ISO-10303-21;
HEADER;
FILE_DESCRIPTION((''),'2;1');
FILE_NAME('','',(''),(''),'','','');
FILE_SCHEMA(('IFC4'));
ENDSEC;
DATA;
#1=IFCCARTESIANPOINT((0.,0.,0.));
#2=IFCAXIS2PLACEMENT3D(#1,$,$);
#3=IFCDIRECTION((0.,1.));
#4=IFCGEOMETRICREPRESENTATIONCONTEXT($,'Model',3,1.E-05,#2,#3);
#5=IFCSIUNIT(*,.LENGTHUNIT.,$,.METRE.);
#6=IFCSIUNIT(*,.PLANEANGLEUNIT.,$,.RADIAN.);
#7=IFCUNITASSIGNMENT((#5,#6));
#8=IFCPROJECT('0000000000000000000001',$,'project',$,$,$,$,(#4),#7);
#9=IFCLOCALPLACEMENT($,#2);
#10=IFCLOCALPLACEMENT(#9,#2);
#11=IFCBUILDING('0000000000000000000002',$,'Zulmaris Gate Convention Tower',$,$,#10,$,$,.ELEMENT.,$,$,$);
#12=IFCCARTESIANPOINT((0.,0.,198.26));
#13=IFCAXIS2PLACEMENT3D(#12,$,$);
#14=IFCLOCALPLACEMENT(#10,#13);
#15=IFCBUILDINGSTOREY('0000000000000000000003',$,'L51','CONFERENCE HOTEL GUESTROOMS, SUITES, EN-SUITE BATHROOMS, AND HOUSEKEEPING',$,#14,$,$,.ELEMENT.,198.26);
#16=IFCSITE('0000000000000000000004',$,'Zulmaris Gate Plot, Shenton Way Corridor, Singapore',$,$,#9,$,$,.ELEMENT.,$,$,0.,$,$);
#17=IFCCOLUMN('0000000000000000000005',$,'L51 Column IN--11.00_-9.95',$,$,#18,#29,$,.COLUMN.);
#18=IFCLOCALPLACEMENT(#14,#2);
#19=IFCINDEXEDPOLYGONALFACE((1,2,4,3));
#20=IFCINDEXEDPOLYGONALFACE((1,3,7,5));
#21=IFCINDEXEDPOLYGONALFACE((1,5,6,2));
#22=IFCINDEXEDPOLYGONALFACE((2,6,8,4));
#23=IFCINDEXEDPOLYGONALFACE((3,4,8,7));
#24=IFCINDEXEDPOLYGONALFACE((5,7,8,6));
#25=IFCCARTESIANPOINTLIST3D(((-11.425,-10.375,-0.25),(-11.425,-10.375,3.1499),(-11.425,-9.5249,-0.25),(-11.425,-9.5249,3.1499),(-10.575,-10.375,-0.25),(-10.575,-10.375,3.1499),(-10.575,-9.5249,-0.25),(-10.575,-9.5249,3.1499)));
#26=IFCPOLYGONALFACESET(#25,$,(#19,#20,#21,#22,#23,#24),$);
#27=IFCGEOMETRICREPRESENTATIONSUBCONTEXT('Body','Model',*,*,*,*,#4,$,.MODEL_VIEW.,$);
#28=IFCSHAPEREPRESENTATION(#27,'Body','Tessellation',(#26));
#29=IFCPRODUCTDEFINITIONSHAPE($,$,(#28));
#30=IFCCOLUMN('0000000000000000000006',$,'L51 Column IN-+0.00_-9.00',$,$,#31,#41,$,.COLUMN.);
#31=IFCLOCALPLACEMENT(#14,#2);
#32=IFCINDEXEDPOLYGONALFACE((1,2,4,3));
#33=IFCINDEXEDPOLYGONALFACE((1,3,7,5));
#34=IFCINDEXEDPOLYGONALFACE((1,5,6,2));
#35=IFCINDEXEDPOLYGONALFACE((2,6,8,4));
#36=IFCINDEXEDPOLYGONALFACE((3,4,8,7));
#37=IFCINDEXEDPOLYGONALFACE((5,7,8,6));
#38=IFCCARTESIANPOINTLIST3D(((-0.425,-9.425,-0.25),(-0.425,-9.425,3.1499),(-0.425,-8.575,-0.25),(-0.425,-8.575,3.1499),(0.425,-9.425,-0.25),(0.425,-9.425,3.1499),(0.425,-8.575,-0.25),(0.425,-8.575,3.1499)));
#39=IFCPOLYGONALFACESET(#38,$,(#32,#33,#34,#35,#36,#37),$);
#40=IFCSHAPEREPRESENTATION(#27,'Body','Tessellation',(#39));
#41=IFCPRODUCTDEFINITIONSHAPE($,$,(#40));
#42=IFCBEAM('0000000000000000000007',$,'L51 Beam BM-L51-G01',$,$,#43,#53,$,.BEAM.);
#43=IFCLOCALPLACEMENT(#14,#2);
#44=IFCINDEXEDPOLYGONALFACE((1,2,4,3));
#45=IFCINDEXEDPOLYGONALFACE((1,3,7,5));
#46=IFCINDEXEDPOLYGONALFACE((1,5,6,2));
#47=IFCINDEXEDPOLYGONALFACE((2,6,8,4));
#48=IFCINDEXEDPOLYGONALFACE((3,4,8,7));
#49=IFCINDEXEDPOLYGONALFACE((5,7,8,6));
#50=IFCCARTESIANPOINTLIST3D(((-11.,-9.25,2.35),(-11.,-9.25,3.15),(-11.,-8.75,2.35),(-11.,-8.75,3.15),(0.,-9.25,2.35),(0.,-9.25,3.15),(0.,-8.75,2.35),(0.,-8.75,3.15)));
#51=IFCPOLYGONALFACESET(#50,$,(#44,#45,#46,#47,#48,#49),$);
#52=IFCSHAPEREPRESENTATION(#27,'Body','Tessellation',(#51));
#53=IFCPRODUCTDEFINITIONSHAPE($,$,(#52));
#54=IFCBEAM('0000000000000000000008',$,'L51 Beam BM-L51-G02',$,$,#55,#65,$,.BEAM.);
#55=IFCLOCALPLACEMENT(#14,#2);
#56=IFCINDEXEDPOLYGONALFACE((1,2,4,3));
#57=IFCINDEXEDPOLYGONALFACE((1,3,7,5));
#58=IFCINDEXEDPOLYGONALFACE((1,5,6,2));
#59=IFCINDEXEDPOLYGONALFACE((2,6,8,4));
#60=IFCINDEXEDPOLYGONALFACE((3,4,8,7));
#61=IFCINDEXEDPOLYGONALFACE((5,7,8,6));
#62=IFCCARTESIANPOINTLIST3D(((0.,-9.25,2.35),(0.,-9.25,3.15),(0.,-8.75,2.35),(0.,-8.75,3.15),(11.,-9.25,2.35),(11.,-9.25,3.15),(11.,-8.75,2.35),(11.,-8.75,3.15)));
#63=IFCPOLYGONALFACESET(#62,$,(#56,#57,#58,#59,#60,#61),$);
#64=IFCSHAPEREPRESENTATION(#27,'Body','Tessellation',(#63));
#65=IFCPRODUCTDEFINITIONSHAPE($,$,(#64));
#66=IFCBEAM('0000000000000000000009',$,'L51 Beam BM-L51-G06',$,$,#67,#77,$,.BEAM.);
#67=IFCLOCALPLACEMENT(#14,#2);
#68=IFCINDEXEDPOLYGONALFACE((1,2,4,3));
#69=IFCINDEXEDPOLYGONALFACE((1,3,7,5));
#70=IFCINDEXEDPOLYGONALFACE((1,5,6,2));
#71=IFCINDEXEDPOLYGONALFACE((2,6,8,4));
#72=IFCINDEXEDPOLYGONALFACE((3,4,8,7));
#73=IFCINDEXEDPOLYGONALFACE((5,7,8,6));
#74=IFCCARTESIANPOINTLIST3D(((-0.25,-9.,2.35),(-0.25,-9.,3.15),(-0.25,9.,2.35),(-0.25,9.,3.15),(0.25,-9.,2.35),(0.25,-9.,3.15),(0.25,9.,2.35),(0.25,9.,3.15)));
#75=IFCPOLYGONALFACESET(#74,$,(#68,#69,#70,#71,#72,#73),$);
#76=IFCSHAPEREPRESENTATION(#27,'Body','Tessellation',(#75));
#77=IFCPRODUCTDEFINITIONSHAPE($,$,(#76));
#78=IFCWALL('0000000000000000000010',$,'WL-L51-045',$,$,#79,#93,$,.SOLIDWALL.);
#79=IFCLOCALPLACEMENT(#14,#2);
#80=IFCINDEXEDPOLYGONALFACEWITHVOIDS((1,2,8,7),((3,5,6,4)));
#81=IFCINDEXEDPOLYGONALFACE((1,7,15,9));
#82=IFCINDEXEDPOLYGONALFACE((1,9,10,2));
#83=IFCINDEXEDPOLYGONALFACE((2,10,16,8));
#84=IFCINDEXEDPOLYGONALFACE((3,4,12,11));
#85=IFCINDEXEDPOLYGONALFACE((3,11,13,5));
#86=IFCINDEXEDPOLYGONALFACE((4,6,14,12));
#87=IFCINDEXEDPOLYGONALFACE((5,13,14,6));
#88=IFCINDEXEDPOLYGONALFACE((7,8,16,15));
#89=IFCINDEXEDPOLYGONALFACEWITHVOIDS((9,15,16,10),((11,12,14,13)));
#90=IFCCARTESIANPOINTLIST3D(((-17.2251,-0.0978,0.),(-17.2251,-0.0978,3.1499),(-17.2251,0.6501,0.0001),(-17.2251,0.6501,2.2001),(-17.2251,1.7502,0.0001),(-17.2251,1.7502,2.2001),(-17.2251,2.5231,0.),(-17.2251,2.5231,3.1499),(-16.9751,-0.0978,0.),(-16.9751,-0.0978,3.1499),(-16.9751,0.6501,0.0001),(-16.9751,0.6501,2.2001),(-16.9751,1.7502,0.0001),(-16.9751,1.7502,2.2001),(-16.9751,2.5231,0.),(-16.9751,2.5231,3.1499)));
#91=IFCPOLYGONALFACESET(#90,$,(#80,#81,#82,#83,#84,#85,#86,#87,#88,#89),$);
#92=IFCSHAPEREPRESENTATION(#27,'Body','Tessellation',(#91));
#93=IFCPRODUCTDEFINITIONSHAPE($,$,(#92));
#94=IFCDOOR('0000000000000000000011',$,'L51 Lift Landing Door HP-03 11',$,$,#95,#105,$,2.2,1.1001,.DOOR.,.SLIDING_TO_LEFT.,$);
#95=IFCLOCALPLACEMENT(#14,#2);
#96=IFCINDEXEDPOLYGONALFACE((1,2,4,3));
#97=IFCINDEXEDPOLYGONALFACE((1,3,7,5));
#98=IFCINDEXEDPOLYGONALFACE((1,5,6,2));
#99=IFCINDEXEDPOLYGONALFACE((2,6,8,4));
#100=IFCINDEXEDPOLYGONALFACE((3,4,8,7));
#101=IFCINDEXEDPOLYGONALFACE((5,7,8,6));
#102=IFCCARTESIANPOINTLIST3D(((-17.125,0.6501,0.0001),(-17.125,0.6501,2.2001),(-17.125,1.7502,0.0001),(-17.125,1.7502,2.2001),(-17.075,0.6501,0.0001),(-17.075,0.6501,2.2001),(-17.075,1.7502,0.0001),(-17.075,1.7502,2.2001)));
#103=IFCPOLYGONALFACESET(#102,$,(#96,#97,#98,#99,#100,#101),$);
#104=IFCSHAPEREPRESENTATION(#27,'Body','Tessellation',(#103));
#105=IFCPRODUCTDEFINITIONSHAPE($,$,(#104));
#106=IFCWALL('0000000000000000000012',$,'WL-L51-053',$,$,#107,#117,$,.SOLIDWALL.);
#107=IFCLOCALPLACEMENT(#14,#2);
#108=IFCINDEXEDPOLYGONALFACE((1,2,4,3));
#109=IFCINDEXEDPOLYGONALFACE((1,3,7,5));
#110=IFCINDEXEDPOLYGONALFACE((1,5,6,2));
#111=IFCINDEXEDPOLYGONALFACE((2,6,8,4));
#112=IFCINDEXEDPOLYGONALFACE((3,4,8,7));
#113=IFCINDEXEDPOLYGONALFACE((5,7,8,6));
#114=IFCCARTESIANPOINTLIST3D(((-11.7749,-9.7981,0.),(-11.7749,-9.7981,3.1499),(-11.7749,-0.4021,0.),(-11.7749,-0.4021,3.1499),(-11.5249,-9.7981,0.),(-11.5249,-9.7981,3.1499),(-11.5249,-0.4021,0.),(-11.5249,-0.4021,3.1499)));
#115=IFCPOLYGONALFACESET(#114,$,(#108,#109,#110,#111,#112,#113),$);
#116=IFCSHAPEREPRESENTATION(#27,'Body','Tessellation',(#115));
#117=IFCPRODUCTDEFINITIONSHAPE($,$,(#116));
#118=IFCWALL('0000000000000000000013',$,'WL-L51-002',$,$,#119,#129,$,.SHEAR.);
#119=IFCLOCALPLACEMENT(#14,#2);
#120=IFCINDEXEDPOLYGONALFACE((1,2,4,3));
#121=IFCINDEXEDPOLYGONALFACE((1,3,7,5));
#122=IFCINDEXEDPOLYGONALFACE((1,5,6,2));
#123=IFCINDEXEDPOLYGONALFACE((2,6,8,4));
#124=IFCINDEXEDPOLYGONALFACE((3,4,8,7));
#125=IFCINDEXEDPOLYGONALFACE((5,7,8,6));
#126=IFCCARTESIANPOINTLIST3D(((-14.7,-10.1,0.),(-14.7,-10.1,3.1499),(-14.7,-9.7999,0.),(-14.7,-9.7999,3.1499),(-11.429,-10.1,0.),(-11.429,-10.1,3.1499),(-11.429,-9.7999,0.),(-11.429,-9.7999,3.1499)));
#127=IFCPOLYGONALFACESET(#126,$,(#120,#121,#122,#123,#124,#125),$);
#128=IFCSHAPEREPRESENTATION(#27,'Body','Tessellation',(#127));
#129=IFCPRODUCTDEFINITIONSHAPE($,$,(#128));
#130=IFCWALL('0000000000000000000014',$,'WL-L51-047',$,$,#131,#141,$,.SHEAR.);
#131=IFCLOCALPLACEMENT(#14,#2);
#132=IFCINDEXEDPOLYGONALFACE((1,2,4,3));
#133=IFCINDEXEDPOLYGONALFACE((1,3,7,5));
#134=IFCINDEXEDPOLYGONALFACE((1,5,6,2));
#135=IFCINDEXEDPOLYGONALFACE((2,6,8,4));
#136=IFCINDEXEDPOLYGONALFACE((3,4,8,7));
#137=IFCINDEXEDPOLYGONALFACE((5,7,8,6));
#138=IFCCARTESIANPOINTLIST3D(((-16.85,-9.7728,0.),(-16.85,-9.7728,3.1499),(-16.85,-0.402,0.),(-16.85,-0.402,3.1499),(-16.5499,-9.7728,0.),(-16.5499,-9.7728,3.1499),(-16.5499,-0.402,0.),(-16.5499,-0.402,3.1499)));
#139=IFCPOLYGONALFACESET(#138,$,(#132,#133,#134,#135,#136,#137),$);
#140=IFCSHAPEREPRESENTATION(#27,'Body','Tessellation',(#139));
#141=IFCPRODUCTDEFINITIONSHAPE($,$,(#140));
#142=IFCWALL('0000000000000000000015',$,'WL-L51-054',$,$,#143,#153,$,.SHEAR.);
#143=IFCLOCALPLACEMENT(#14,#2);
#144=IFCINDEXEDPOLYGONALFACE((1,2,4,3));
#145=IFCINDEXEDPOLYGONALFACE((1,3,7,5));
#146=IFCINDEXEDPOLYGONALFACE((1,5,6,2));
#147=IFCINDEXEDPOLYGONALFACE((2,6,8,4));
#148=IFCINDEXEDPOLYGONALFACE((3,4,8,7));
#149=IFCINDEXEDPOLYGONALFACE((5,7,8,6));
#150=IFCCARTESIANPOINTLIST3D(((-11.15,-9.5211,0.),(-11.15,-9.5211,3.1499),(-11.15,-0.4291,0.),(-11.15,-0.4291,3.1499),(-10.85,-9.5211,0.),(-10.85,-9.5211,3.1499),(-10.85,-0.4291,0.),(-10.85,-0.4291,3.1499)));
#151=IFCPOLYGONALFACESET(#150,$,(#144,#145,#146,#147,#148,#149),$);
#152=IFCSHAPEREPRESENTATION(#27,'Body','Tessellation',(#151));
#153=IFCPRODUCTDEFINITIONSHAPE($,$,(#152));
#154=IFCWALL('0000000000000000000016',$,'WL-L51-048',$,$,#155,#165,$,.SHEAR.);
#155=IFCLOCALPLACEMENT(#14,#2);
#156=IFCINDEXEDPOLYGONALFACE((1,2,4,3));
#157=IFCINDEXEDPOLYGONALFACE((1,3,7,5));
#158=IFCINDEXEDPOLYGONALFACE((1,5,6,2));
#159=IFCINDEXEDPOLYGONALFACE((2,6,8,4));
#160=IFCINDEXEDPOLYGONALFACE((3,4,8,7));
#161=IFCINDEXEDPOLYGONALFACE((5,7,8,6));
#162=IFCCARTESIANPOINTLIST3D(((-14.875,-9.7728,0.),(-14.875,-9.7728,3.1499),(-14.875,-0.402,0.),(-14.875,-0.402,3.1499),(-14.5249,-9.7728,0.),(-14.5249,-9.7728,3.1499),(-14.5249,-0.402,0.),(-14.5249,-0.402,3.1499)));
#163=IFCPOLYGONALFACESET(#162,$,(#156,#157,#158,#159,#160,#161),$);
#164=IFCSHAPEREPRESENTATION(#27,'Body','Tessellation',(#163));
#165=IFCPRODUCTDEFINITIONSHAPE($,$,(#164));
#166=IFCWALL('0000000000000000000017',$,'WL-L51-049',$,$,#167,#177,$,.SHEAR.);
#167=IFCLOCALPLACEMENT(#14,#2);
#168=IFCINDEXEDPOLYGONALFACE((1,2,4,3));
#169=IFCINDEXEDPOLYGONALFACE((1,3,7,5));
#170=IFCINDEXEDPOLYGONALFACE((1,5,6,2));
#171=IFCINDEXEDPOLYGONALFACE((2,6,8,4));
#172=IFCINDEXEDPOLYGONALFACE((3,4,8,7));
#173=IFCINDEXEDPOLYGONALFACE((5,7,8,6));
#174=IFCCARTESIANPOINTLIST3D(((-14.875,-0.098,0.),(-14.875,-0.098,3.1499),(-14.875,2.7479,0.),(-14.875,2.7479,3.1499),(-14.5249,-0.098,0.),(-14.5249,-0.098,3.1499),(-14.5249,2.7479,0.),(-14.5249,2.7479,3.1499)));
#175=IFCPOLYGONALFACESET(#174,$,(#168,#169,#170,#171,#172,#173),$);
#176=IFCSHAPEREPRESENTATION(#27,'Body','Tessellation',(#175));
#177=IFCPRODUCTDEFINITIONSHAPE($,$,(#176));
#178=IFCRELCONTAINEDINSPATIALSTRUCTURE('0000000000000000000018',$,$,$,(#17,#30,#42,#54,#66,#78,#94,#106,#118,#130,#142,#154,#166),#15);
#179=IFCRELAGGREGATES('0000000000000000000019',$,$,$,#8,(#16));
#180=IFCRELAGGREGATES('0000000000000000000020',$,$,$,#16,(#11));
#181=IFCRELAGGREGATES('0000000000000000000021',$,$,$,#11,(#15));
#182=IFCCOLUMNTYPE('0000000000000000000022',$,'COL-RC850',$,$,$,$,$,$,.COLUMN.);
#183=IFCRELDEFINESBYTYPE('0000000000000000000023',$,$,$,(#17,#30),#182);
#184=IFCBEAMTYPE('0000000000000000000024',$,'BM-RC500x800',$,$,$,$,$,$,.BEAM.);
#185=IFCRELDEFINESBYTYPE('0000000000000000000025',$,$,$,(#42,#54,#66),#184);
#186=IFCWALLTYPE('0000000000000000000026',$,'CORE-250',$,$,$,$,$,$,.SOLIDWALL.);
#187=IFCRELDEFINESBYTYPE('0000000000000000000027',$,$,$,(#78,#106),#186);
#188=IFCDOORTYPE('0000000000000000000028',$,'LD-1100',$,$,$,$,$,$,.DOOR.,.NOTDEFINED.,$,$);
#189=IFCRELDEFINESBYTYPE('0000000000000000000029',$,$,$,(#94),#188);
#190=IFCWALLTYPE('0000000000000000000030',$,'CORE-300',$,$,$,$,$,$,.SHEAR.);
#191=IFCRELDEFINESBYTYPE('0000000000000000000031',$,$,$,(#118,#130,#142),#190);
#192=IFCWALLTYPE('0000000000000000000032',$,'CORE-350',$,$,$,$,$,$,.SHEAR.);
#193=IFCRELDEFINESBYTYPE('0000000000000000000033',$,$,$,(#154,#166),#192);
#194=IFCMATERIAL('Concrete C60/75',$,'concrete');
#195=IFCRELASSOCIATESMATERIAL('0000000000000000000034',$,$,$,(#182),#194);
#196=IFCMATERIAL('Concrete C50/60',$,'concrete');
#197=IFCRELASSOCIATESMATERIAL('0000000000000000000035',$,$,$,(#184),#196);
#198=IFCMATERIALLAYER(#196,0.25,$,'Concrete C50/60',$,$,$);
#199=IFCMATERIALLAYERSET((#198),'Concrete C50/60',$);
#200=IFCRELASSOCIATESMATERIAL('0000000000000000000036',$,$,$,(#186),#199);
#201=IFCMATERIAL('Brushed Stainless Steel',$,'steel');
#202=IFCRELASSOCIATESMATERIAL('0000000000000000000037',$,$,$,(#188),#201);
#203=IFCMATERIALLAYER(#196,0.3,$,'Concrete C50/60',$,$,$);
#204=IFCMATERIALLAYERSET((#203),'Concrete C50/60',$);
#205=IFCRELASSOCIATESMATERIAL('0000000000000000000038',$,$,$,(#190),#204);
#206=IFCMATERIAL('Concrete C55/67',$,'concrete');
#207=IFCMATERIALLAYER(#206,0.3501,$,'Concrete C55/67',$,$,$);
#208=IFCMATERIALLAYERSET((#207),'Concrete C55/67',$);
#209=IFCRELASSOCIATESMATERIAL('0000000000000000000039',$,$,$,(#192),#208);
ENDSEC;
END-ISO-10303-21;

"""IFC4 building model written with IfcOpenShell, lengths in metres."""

from ifc_helpers import new_model, si_unit, direction, frame, frame_2d, origin, origin_2d, place, context, subcontext, project, spatial, rectangle, extrude, material, layer, layer_set, material_profile, profile_set, type_object, element, fill, save


model = new_model("IFC4")

# Units and contexts
model_context = context("Model", 3, precision=1e-05, world=origin(), true_north=direction((0.0, 1.0)))
body_context = subcontext(model_context, "Body", "Model", "MODEL_VIEW")
ifc_project = project(units=[si_unit("LENGTHUNIT", "METRE"), si_unit("PLANEANGLEUNIT", "RADIAN")], contexts=[model_context])

# Site, building, storey
site_placement = place(None, origin())
site = spatial("IfcSite", under=ifc_project, at=site_placement, Name="Zulmaris Gate Plot, Shenton Way Corridor, Singapore", CompositionType="ELEMENT", RefElevation=0.0)
building_placement = place(site_placement, origin())
building = spatial("IfcBuilding", under=site, at=building_placement, Name="Zulmaris Gate Convention Tower", CompositionType="ELEMENT")
storey_placement = place(building_placement, frame((0.0, 0.0, 198.26)))
storey = spatial("IfcBuildingStorey", under=building, at=storey_placement, Name="L51", Description="CONFERENCE HOTEL GUESTROOMS, SUITES, EN-SUITE BATHROOMS, AND HOUSEKEEPING", CompositionType="ELEMENT", Elevation=198.26)

# Columns
ifc_material_1 = material(Name="Concrete C60/75", Category="concrete")
ifc_material_profile_1 = material_profile(ifc_material_1, rectangle(XDim=0.8501, YDim=0.8501, at=origin_2d()), Name="RC COL 850x850")
ifc_profile_set_1 = profile_set([ifc_material_profile_1], Name="Concrete C60/75")
column_type = type_object("IfcColumnType", Name="COL-RC850", PredefinedType="COLUMN", material=ifc_profile_set_1)
for number, where, z_axis, x_axis, name in (
    (1, (-11.0, -9.95, -0.25), (0.0, 0.0, 1.0), (1.0, 0.0, 0.0), "L51 Column IN--11.00_-9.95"),
    (2, (0.0, -9.0, -0.25), (0.0, 0.0, 1.0), (1.0, 0.0, 0.0), "L51 Column IN-+0.00_-9.00"),
):
    element("IfcColumn", number, at=place(storey_placement, frame(where, z_axis=z_axis, x_axis=x_axis)), inside=storey, type_object=column_type, Name=name, PredefinedType="COLUMN", context=body_context, shape_type="SweptSolid", body=[
        extrude(rectangle(XDim=0.8501, YDim=0.8501, at=origin_2d()), origin(), (0.0, 0.0, 1.0), 3.3999),
    ])

# Beams
ifc_material_2 = material(Name="Concrete C50/60", Category="concrete")
ifc_material_profile_2 = material_profile(ifc_material_2, rectangle(XDim=0.5, YDim=0.8, at=origin_2d()), Name="RC BEAM 500x800")
ifc_profile_set_2 = profile_set([ifc_material_profile_2], Name="Concrete C50/60")
beam_type = type_object("IfcBeamType", Name="BM-RC500x800", PredefinedType="BEAM", material=ifc_profile_set_2)
for number, where, z_axis, x_axis, name in (
    (3, (-11.0, -9.0, 2.75), (1.0, 0.0, 0.0), (0.0, 1.0, 0.0), "L51 Beam BM-L51-G01"),
    (4, (0.0, -9.0, 2.75), (1.0, 0.0, 0.0), (0.0, 1.0, 0.0), "L51 Beam BM-L51-G02"),
):
    element("IfcBeam", number, at=place(storey_placement, frame(where, z_axis=z_axis, x_axis=x_axis)), inside=storey, type_object=beam_type, Name=name, PredefinedType="BEAM", context=body_context, shape_type="SweptSolid", body=[
        extrude(rectangle(XDim=0.5, YDim=0.8, at=origin_2d()), origin(), (0.0, 0.0, 1.0), 11.0),
    ])
beam_placement = place(storey_placement, frame((0.0, -9.0, 2.75), z_axis=(0.0, 1.0, 0.0), x_axis=(-1.0, 0.0, 0.0)))
element("IfcBeam", 5, at=beam_placement, inside=storey, type_object=beam_type, Name="L51 Beam BM-L51-G06", PredefinedType="BEAM", context=body_context, shape_type="SweptSolid", body=[
    extrude(rectangle(XDim=0.5, YDim=0.8, at=origin_2d()), origin(), (0.0, 0.0, 1.0), 18.0),
])

# Wall, opening, door
ifc_layer_1 = layer(ifc_material_2, 0.25, Name="Concrete C50/60")
ifc_layer_set_1 = layer_set([ifc_layer_1], Name="Concrete C50/60")
wall_type_1 = type_object("IfcWallType", Name="CORE-250", PredefinedType="SOLIDWALL", material=ifc_layer_set_1)
wall_1_placement = place(storey_placement, frame((-17.1001, -0.0979, 0.0), z_axis=(0.0, 0.0, 1.0), x_axis=(0.0, 1.0, 0.0)))
wall_1 = element("IfcWall", 6, at=wall_1_placement, inside=storey, type_object=wall_type_1, Name="WL-L51-045", PredefinedType="SOLIDWALL", context=body_context, shape_type="SweptSolid", body=[
    extrude(rectangle(XDim=2.6208, YDim=0.25, at=frame_2d((1.3105, 0.0))), origin(), (0.0, 0.0, 1.0), 3.1499),
])
opening_1_placement = place(wall_1_placement, frame((0.748, 0.0, 0.0)))
opening_1 = element("IfcOpeningElement", 7, at=opening_1_placement, cuts=wall_1, PredefinedType="OPENING", context=body_context, shape_type="SweptSolid", body=[
    extrude(rectangle(XDim=1.1001, YDim=2.2, at=frame_2d((0.55, 1.1001))), frame((0.0, 0.135, 0.0), z_axis=(0.0, -1.0, 0.0), x_axis=(1.0, 0.0, 0.0)), (0.0, 0.0, 1.0), 0.27),
])
ifc_material_3 = material(Name="Brushed Stainless Steel", Category="steel")
door_type_1 = type_object("IfcDoorType", Name="LD-1100", OperationType="NOTDEFINED", PredefinedType="DOOR", material=ifc_material_3)
door_1_placement = place(opening_1_placement, origin())
door_1 = element("IfcDoor", 8, at=door_1_placement, inside=storey, type_object=door_type_1, Name="L51 Lift Landing Door HP-03 11", OperationType="SLIDING_TO_LEFT", OverallHeight=2.2, OverallWidth=1.1001, PredefinedType="DOOR", context=body_context, shape_type="SweptSolid", body=[
    extrude(rectangle(XDim=1.1001, YDim=2.2, at=frame_2d((0.55, 1.1001))), frame((0.0, 0.0249, 0.0), z_axis=(0.0, -1.0, 0.0), x_axis=(1.0, 0.0, 0.0)), (0.0, 0.0, 1.0), 0.05),
])
fill(opening_1, door_1)

# Walls
wall_2_placement = place(storey_placement, frame((-11.6499, -9.7981, 0.0), z_axis=(0.0, 0.0, 1.0), x_axis=(0.0, 1.0, 0.0)))
element("IfcWall", 9, at=wall_2_placement, inside=storey, type_object=wall_type_1, Name="WL-L51-053", PredefinedType="SOLIDWALL", context=body_context, shape_type="SweptSolid", body=[
    extrude(rectangle(XDim=9.396, YDim=0.25, at=frame_2d((4.698, 0.0))), origin(), (0.0, 0.0, 1.0), 3.1499),
])
ifc_layer_2 = layer(ifc_material_2, 0.3, Name="Concrete C50/60")
ifc_layer_set_2 = layer_set([ifc_layer_2], Name="Concrete C50/60")
wall_type_2 = type_object("IfcWallType", Name="CORE-300", PredefinedType="SHEAR", material=ifc_layer_set_2)
wall_3_placement = place(storey_placement, frame((-14.7, -9.95, 0.0), z_axis=(0.0, 0.0, 1.0), x_axis=(1.0, 0.0, 0.0)))
element("IfcWall", 10, at=wall_3_placement, inside=storey, type_object=wall_type_2, Name="WL-L51-002", PredefinedType="SHEAR", context=body_context, shape_type="SweptSolid", body=[
    extrude(rectangle(XDim=3.271, YDim=0.3, at=frame_2d((1.6355, 0.0))), origin(), (0.0, 0.0, 1.0), 3.1499),
])
wall_4_placement = place(storey_placement, frame((-16.7, -9.7729, 0.0), z_axis=(0.0, 0.0, 1.0), x_axis=(0.0, 1.0, 0.0)))
element("IfcWall", 11, at=wall_4_placement, inside=storey, type_object=wall_type_2, Name="WL-L51-047", PredefinedType="SHEAR", context=body_context, shape_type="SweptSolid", body=[
    extrude(rectangle(XDim=9.3708, YDim=0.3, at=frame_2d((4.6855, 0.0))), origin(), (0.0, 0.0, 1.0), 3.1499),
])
wall_5_placement = place(storey_placement, frame((-11.0, -9.521, 0.0), z_axis=(0.0, 0.0, 1.0), x_axis=(0.0, 1.0, 0.0)))
element("IfcWall", 12, at=wall_5_placement, inside=storey, type_object=wall_type_2, Name="WL-L51-054", PredefinedType="SHEAR", context=body_context, shape_type="SweptSolid", body=[
    extrude(rectangle(XDim=9.092, YDim=0.3, at=frame_2d((4.5459, 0.0))), origin(), (0.0, 0.0, 1.0), 3.1499),
])
ifc_material_4 = material(Name="Concrete C55/67", Category="concrete")
ifc_layer_3 = layer(ifc_material_4, 0.3501, Name="Concrete C55/67")
ifc_layer_set_3 = layer_set([ifc_layer_3], Name="Concrete C55/67")
wall_type_3 = type_object("IfcWallType", Name="CORE-350", PredefinedType="SHEAR", material=ifc_layer_set_3)
wall_6_placement = place(storey_placement, frame((-14.7, -9.7729, 0.0), z_axis=(0.0, 0.0, 1.0), x_axis=(0.0, 1.0, 0.0)))
element("IfcWall", 13, at=wall_6_placement, inside=storey, type_object=wall_type_3, Name="WL-L51-048", PredefinedType="SHEAR", context=body_context, shape_type="SweptSolid", body=[
    extrude(rectangle(XDim=9.3708, YDim=0.3501, at=frame_2d((4.6855, 0.0))), origin(), (0.0, 0.0, 1.0), 3.1499),
])
wall_7_placement = place(storey_placement, frame((-14.7, -0.0979, 0.0), z_axis=(0.0, 0.0, 1.0), x_axis=(0.0, 1.0, 0.0)))
element("IfcWall", 14, at=wall_7_placement, inside=storey, type_object=wall_type_3, Name="WL-L51-049", PredefinedType="SHEAR", context=body_context, shape_type="SweptSolid", body=[
    extrude(rectangle(XDim=2.8459, YDim=0.3501, at=frame_2d((1.4229, 0.0))), origin(), (0.0, 0.0, 1.0), 3.1499),
])

save(model, "model.ifc")
